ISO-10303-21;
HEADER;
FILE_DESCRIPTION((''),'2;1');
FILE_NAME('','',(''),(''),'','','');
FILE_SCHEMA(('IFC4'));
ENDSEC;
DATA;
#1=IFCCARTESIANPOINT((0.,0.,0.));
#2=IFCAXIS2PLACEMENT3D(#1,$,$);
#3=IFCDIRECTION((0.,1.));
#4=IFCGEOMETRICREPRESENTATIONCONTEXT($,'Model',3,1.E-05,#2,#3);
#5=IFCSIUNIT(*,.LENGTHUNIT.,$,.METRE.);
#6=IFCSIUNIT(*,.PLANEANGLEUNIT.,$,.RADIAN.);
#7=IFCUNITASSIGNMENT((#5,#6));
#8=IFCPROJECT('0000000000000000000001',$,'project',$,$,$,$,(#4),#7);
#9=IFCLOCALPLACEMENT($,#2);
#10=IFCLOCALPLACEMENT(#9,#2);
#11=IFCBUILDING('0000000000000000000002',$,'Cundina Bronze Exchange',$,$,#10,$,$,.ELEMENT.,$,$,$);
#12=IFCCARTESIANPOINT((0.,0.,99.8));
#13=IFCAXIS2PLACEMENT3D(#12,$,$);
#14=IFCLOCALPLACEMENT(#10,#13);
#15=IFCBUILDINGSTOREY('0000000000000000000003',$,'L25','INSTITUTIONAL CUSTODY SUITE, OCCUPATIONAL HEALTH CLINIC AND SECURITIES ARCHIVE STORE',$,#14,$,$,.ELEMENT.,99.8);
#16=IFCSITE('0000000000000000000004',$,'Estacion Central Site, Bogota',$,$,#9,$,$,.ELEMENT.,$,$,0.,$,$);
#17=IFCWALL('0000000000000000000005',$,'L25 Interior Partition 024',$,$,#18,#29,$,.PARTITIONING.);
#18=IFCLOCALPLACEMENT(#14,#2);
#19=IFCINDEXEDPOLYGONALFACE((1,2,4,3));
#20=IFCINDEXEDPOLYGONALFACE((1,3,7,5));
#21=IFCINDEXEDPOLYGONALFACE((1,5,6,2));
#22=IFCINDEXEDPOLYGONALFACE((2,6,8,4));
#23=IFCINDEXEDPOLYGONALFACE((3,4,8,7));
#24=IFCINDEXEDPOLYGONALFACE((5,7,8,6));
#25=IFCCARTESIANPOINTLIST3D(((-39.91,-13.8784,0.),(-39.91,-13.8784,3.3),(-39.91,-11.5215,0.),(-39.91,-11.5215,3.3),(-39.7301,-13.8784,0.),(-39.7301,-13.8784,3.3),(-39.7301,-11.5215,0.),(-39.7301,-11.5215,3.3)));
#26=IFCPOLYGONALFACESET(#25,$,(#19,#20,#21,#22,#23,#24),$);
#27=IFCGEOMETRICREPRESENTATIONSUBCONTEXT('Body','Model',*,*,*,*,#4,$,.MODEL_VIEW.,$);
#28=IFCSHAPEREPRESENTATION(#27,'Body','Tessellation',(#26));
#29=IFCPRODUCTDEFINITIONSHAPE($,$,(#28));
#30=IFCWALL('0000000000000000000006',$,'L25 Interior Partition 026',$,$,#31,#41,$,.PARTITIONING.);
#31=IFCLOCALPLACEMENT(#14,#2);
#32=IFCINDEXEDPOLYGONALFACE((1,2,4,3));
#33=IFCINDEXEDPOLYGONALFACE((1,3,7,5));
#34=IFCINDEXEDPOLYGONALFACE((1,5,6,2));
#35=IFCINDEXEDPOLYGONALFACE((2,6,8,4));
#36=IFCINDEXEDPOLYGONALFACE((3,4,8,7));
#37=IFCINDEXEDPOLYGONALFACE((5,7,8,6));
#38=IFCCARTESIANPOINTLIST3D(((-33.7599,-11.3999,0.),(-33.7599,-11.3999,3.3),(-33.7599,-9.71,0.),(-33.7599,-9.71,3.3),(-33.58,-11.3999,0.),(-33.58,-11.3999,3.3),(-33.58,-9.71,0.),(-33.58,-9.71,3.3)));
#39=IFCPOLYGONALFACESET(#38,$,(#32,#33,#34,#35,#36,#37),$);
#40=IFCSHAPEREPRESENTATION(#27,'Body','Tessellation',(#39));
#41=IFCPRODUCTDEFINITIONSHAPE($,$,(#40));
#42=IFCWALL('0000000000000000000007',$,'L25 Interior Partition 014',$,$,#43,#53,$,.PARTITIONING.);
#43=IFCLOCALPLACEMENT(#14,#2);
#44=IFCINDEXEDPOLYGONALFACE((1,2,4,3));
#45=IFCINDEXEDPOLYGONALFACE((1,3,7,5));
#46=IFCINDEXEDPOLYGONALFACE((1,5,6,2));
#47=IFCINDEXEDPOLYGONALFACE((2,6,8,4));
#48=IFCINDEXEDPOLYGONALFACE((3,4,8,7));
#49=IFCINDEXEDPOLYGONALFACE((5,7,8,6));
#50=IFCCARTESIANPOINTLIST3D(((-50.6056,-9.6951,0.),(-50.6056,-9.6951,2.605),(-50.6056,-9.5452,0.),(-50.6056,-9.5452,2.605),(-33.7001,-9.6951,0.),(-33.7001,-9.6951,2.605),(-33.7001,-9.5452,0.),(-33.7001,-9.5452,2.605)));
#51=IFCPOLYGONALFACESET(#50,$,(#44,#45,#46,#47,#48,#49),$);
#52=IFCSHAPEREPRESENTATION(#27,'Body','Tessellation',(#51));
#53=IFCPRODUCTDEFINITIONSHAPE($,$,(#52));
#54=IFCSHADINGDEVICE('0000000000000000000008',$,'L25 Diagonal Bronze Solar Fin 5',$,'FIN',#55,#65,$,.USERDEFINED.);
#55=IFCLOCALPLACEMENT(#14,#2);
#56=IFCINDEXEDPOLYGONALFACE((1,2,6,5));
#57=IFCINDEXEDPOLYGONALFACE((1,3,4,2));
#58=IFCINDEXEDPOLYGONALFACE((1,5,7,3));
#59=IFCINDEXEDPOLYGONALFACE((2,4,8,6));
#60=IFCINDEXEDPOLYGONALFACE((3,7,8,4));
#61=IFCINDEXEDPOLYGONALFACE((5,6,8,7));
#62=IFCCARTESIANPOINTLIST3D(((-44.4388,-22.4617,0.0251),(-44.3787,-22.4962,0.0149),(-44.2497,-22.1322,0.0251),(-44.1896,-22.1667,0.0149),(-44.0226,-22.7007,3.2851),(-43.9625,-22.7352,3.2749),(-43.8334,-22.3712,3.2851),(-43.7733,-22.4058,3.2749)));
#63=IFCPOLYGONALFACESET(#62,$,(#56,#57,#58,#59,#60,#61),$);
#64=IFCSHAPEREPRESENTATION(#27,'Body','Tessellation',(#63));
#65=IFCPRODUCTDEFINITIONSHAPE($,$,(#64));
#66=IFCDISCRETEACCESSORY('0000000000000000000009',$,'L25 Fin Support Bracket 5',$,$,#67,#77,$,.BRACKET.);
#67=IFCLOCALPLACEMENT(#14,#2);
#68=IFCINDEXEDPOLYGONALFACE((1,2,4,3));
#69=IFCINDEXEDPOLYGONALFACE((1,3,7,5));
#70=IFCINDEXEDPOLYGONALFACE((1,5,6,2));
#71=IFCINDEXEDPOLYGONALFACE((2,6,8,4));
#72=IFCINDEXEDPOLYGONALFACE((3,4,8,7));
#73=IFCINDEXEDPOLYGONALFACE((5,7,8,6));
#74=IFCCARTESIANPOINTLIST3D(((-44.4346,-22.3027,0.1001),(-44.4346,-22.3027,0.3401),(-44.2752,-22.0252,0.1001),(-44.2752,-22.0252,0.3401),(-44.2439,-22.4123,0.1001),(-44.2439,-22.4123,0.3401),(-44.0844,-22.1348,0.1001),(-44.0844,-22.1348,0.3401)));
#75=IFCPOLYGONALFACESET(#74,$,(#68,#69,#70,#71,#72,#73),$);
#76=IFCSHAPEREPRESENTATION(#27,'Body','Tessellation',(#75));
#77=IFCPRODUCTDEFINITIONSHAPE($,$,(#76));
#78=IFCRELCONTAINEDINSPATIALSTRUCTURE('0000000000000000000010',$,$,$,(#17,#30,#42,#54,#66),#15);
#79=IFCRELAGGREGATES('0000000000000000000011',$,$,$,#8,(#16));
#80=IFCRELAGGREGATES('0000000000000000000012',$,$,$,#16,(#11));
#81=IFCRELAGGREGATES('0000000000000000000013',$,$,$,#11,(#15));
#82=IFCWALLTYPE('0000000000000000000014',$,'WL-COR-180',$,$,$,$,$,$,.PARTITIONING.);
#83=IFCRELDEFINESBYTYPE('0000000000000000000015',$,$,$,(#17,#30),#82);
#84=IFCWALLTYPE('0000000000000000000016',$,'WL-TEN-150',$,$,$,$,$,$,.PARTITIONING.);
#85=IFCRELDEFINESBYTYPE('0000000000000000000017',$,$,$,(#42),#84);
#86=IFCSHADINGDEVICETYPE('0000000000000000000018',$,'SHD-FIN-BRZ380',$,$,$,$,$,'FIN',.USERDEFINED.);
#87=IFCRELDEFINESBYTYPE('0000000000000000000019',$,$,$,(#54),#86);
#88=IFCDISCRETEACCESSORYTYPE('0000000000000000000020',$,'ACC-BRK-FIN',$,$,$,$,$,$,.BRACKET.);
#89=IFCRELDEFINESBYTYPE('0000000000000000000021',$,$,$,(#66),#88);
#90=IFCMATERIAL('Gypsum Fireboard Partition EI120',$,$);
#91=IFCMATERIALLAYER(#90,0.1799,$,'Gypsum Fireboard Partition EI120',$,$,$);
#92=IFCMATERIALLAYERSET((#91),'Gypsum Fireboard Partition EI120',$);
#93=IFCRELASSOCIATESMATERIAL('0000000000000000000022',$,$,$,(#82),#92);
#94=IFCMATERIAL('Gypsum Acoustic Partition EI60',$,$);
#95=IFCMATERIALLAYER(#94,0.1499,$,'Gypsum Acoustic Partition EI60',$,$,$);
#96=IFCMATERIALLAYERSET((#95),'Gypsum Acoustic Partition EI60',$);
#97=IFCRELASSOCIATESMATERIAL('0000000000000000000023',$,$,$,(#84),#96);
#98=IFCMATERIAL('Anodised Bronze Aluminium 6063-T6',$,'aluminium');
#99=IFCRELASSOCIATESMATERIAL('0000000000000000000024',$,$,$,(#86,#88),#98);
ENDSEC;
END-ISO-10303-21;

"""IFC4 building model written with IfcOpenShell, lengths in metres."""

from ifc_helpers import new_model, si_unit, direction, frame, frame_2d, origin, origin_2d, place, context, subcontext, project, spatial, rectangle, extrude, material, layer, layer_set, material_profile, profile_set, type_object, element, save


model = new_model("IFC4")

# Units and contexts
model_context = context("Model", 3, precision=1e-05, world=origin(), true_north=direction((0.0, 1.0)))
body_context = subcontext(model_context, "Body", "Model", "MODEL_VIEW")
ifc_project = project(units=[si_unit("LENGTHUNIT", "METRE"), si_unit("PLANEANGLEUNIT", "RADIAN")], contexts=[model_context])

# Site, building, storey
site_placement = place(None, origin())
site = spatial("IfcSite", under=ifc_project, at=site_placement, Name="Estacion Central Site, Bogota", CompositionType="ELEMENT", RefElevation=0.0)
building_placement = place(site_placement, origin())
building = spatial("IfcBuilding", under=site, at=building_placement, Name="Cundina Bronze Exchange", CompositionType="ELEMENT")
storey_placement = place(building_placement, frame((0.0, 0.0, 99.8)))
storey = spatial("IfcBuildingStorey", under=building, at=storey_placement, Name="L25", Description="INSTITUTIONAL CUSTODY SUITE, OCCUPATIONAL HEALTH CLINIC AND SECURITIES ARCHIVE STORE", CompositionType="ELEMENT", Elevation=99.8)

# Shared definitions
ifc_material_1 = material(Name="Anodised Bronze Aluminium 6063-T6", Category="aluminium")

# Shared definitions
ifc_material_2 = material(Name="Gypsum Fireboard Partition EI120")
ifc_layer_1 = layer(ifc_material_2, 0.1799, Name="Gypsum Fireboard Partition EI120")
ifc_layer_set_1 = layer_set([ifc_layer_1], Name="Gypsum Fireboard Partition EI120")
wall_type_1 = type_object("IfcWallType", Name="WL-COR-180", PredefinedType="PARTITIONING", material=ifc_layer_set_1)

# Walls
wall_1_placement = place(storey_placement, frame((-39.8201, -11.5215, 0.0), z_axis=(0.0, 0.0, 1.0), x_axis=(0.0, -1.0, 0.0)))
element("IfcWall", 1, at=wall_1_placement, inside=storey, type_object=wall_type_1, Name="L25 Interior Partition 024", PredefinedType="PARTITIONING", context=body_context, shape_type="SweptSolid", body=[
    extrude(rectangle(XDim=2.3569, YDim=0.1799, at=frame_2d((1.1785, 0.0))), origin(), (0.0, 0.0, 1.0), 3.3),
])
wall_2_placement = place(storey_placement, frame((-33.6699, -9.71, 0.0), z_axis=(0.0, 0.0, 1.0), x_axis=(0.0, -1.0, 0.0)))
element("IfcWall", 2, at=wall_2_placement, inside=storey, type_object=wall_type_1, Name="L25 Interior Partition 026", PredefinedType="PARTITIONING", context=body_context, shape_type="SweptSolid", body=[
    extrude(rectangle(XDim=1.6899, YDim=0.1799, at=frame_2d((0.845, 0.0))), origin(), (0.0, 0.0, 1.0), 3.3),
])
ifc_material_3 = material(Name="Gypsum Acoustic Partition EI60")
ifc_layer_2 = layer(ifc_material_3, 0.1499, Name="Gypsum Acoustic Partition EI60")
ifc_layer_set_2 = layer_set([ifc_layer_2], Name="Gypsum Acoustic Partition EI60")
wall_type_2 = type_object("IfcWallType", Name="WL-TEN-150", PredefinedType="PARTITIONING", material=ifc_layer_set_2)
wall_3_placement = place(storey_placement, frame((-50.6055, -9.6201, 0.0), z_axis=(0.0, 0.0, 1.0), x_axis=(1.0, 0.0, 0.0)))
element("IfcWall", 3, at=wall_3_placement, inside=storey, type_object=wall_type_2, Name="L25 Interior Partition 014", PredefinedType="PARTITIONING", context=body_context, shape_type="SweptSolid", body=[
    extrude(rectangle(XDim=16.9055, YDim=0.1499, at=frame_2d((8.4526, 0.0))), origin(), (0.0, 0.0, 1.0), 2.605),
])

# Shading device
ifc_material_profile_1 = material_profile(ifc_material_1, rectangle(XDim=0.0701, YDim=0.3799, at=origin_2d()), Name="FIN70X380", Category="aluminium")
ifc_profile_set_1 = profile_set([ifc_material_profile_1], Name="Anodised Bronze Aluminium 6063-T6")
shading_device_type = type_object("IfcShadingDeviceType", Name="SHD-FIN-BRZ380", ElementType="FIN", PredefinedType="USERDEFINED", material=ifc_profile_set_1)
shading_device_placement = place(storey_placement, frame((-44.3142, -22.3142, 0.02), z_axis=(0.126325, -0.072535, 0.989333), x_axis=(-0.857958, 0.492634, 0.145668)))
element("IfcShadingDevice", 4, at=shading_device_placement, inside=storey, type_object=shading_device_type, Name="L25 Diagonal Bronze Solar Fin 5", ObjectType="FIN", PredefinedType="USERDEFINED", context=body_context, shape_type="SweptSolid", body=[
    extrude(rectangle(XDim=0.0701, YDim=0.3799, at=origin_2d()), origin(), (0.0, 0.0, 1.0), 3.2952),
])

# Discrete accessory
discrete_accessory_type = type_object("IfcDiscreteAccessoryType", Name="ACC-BRK-FIN", PredefinedType="BRACKET", material=ifc_material_1)
discrete_accessory_placement = place(storey_placement, frame((-44.2595, -22.2188, 0.1001), z_axis=(0.0, 0.0, 1.0), x_axis=(0.867105, -0.498125, 0.0)))
element("IfcDiscreteAccessory", 5, at=discrete_accessory_placement, inside=storey, type_object=discrete_accessory_type, Name="L25 Fin Support Bracket 5", PredefinedType="BRACKET", context=body_context, shape_type="SweptSolid", body=[
    extrude(rectangle(XDim=0.22, YDim=0.3201, at=origin_2d()), origin(), (0.0, 0.0, 1.0), 0.24),
])

save(model, "model.ifc")
